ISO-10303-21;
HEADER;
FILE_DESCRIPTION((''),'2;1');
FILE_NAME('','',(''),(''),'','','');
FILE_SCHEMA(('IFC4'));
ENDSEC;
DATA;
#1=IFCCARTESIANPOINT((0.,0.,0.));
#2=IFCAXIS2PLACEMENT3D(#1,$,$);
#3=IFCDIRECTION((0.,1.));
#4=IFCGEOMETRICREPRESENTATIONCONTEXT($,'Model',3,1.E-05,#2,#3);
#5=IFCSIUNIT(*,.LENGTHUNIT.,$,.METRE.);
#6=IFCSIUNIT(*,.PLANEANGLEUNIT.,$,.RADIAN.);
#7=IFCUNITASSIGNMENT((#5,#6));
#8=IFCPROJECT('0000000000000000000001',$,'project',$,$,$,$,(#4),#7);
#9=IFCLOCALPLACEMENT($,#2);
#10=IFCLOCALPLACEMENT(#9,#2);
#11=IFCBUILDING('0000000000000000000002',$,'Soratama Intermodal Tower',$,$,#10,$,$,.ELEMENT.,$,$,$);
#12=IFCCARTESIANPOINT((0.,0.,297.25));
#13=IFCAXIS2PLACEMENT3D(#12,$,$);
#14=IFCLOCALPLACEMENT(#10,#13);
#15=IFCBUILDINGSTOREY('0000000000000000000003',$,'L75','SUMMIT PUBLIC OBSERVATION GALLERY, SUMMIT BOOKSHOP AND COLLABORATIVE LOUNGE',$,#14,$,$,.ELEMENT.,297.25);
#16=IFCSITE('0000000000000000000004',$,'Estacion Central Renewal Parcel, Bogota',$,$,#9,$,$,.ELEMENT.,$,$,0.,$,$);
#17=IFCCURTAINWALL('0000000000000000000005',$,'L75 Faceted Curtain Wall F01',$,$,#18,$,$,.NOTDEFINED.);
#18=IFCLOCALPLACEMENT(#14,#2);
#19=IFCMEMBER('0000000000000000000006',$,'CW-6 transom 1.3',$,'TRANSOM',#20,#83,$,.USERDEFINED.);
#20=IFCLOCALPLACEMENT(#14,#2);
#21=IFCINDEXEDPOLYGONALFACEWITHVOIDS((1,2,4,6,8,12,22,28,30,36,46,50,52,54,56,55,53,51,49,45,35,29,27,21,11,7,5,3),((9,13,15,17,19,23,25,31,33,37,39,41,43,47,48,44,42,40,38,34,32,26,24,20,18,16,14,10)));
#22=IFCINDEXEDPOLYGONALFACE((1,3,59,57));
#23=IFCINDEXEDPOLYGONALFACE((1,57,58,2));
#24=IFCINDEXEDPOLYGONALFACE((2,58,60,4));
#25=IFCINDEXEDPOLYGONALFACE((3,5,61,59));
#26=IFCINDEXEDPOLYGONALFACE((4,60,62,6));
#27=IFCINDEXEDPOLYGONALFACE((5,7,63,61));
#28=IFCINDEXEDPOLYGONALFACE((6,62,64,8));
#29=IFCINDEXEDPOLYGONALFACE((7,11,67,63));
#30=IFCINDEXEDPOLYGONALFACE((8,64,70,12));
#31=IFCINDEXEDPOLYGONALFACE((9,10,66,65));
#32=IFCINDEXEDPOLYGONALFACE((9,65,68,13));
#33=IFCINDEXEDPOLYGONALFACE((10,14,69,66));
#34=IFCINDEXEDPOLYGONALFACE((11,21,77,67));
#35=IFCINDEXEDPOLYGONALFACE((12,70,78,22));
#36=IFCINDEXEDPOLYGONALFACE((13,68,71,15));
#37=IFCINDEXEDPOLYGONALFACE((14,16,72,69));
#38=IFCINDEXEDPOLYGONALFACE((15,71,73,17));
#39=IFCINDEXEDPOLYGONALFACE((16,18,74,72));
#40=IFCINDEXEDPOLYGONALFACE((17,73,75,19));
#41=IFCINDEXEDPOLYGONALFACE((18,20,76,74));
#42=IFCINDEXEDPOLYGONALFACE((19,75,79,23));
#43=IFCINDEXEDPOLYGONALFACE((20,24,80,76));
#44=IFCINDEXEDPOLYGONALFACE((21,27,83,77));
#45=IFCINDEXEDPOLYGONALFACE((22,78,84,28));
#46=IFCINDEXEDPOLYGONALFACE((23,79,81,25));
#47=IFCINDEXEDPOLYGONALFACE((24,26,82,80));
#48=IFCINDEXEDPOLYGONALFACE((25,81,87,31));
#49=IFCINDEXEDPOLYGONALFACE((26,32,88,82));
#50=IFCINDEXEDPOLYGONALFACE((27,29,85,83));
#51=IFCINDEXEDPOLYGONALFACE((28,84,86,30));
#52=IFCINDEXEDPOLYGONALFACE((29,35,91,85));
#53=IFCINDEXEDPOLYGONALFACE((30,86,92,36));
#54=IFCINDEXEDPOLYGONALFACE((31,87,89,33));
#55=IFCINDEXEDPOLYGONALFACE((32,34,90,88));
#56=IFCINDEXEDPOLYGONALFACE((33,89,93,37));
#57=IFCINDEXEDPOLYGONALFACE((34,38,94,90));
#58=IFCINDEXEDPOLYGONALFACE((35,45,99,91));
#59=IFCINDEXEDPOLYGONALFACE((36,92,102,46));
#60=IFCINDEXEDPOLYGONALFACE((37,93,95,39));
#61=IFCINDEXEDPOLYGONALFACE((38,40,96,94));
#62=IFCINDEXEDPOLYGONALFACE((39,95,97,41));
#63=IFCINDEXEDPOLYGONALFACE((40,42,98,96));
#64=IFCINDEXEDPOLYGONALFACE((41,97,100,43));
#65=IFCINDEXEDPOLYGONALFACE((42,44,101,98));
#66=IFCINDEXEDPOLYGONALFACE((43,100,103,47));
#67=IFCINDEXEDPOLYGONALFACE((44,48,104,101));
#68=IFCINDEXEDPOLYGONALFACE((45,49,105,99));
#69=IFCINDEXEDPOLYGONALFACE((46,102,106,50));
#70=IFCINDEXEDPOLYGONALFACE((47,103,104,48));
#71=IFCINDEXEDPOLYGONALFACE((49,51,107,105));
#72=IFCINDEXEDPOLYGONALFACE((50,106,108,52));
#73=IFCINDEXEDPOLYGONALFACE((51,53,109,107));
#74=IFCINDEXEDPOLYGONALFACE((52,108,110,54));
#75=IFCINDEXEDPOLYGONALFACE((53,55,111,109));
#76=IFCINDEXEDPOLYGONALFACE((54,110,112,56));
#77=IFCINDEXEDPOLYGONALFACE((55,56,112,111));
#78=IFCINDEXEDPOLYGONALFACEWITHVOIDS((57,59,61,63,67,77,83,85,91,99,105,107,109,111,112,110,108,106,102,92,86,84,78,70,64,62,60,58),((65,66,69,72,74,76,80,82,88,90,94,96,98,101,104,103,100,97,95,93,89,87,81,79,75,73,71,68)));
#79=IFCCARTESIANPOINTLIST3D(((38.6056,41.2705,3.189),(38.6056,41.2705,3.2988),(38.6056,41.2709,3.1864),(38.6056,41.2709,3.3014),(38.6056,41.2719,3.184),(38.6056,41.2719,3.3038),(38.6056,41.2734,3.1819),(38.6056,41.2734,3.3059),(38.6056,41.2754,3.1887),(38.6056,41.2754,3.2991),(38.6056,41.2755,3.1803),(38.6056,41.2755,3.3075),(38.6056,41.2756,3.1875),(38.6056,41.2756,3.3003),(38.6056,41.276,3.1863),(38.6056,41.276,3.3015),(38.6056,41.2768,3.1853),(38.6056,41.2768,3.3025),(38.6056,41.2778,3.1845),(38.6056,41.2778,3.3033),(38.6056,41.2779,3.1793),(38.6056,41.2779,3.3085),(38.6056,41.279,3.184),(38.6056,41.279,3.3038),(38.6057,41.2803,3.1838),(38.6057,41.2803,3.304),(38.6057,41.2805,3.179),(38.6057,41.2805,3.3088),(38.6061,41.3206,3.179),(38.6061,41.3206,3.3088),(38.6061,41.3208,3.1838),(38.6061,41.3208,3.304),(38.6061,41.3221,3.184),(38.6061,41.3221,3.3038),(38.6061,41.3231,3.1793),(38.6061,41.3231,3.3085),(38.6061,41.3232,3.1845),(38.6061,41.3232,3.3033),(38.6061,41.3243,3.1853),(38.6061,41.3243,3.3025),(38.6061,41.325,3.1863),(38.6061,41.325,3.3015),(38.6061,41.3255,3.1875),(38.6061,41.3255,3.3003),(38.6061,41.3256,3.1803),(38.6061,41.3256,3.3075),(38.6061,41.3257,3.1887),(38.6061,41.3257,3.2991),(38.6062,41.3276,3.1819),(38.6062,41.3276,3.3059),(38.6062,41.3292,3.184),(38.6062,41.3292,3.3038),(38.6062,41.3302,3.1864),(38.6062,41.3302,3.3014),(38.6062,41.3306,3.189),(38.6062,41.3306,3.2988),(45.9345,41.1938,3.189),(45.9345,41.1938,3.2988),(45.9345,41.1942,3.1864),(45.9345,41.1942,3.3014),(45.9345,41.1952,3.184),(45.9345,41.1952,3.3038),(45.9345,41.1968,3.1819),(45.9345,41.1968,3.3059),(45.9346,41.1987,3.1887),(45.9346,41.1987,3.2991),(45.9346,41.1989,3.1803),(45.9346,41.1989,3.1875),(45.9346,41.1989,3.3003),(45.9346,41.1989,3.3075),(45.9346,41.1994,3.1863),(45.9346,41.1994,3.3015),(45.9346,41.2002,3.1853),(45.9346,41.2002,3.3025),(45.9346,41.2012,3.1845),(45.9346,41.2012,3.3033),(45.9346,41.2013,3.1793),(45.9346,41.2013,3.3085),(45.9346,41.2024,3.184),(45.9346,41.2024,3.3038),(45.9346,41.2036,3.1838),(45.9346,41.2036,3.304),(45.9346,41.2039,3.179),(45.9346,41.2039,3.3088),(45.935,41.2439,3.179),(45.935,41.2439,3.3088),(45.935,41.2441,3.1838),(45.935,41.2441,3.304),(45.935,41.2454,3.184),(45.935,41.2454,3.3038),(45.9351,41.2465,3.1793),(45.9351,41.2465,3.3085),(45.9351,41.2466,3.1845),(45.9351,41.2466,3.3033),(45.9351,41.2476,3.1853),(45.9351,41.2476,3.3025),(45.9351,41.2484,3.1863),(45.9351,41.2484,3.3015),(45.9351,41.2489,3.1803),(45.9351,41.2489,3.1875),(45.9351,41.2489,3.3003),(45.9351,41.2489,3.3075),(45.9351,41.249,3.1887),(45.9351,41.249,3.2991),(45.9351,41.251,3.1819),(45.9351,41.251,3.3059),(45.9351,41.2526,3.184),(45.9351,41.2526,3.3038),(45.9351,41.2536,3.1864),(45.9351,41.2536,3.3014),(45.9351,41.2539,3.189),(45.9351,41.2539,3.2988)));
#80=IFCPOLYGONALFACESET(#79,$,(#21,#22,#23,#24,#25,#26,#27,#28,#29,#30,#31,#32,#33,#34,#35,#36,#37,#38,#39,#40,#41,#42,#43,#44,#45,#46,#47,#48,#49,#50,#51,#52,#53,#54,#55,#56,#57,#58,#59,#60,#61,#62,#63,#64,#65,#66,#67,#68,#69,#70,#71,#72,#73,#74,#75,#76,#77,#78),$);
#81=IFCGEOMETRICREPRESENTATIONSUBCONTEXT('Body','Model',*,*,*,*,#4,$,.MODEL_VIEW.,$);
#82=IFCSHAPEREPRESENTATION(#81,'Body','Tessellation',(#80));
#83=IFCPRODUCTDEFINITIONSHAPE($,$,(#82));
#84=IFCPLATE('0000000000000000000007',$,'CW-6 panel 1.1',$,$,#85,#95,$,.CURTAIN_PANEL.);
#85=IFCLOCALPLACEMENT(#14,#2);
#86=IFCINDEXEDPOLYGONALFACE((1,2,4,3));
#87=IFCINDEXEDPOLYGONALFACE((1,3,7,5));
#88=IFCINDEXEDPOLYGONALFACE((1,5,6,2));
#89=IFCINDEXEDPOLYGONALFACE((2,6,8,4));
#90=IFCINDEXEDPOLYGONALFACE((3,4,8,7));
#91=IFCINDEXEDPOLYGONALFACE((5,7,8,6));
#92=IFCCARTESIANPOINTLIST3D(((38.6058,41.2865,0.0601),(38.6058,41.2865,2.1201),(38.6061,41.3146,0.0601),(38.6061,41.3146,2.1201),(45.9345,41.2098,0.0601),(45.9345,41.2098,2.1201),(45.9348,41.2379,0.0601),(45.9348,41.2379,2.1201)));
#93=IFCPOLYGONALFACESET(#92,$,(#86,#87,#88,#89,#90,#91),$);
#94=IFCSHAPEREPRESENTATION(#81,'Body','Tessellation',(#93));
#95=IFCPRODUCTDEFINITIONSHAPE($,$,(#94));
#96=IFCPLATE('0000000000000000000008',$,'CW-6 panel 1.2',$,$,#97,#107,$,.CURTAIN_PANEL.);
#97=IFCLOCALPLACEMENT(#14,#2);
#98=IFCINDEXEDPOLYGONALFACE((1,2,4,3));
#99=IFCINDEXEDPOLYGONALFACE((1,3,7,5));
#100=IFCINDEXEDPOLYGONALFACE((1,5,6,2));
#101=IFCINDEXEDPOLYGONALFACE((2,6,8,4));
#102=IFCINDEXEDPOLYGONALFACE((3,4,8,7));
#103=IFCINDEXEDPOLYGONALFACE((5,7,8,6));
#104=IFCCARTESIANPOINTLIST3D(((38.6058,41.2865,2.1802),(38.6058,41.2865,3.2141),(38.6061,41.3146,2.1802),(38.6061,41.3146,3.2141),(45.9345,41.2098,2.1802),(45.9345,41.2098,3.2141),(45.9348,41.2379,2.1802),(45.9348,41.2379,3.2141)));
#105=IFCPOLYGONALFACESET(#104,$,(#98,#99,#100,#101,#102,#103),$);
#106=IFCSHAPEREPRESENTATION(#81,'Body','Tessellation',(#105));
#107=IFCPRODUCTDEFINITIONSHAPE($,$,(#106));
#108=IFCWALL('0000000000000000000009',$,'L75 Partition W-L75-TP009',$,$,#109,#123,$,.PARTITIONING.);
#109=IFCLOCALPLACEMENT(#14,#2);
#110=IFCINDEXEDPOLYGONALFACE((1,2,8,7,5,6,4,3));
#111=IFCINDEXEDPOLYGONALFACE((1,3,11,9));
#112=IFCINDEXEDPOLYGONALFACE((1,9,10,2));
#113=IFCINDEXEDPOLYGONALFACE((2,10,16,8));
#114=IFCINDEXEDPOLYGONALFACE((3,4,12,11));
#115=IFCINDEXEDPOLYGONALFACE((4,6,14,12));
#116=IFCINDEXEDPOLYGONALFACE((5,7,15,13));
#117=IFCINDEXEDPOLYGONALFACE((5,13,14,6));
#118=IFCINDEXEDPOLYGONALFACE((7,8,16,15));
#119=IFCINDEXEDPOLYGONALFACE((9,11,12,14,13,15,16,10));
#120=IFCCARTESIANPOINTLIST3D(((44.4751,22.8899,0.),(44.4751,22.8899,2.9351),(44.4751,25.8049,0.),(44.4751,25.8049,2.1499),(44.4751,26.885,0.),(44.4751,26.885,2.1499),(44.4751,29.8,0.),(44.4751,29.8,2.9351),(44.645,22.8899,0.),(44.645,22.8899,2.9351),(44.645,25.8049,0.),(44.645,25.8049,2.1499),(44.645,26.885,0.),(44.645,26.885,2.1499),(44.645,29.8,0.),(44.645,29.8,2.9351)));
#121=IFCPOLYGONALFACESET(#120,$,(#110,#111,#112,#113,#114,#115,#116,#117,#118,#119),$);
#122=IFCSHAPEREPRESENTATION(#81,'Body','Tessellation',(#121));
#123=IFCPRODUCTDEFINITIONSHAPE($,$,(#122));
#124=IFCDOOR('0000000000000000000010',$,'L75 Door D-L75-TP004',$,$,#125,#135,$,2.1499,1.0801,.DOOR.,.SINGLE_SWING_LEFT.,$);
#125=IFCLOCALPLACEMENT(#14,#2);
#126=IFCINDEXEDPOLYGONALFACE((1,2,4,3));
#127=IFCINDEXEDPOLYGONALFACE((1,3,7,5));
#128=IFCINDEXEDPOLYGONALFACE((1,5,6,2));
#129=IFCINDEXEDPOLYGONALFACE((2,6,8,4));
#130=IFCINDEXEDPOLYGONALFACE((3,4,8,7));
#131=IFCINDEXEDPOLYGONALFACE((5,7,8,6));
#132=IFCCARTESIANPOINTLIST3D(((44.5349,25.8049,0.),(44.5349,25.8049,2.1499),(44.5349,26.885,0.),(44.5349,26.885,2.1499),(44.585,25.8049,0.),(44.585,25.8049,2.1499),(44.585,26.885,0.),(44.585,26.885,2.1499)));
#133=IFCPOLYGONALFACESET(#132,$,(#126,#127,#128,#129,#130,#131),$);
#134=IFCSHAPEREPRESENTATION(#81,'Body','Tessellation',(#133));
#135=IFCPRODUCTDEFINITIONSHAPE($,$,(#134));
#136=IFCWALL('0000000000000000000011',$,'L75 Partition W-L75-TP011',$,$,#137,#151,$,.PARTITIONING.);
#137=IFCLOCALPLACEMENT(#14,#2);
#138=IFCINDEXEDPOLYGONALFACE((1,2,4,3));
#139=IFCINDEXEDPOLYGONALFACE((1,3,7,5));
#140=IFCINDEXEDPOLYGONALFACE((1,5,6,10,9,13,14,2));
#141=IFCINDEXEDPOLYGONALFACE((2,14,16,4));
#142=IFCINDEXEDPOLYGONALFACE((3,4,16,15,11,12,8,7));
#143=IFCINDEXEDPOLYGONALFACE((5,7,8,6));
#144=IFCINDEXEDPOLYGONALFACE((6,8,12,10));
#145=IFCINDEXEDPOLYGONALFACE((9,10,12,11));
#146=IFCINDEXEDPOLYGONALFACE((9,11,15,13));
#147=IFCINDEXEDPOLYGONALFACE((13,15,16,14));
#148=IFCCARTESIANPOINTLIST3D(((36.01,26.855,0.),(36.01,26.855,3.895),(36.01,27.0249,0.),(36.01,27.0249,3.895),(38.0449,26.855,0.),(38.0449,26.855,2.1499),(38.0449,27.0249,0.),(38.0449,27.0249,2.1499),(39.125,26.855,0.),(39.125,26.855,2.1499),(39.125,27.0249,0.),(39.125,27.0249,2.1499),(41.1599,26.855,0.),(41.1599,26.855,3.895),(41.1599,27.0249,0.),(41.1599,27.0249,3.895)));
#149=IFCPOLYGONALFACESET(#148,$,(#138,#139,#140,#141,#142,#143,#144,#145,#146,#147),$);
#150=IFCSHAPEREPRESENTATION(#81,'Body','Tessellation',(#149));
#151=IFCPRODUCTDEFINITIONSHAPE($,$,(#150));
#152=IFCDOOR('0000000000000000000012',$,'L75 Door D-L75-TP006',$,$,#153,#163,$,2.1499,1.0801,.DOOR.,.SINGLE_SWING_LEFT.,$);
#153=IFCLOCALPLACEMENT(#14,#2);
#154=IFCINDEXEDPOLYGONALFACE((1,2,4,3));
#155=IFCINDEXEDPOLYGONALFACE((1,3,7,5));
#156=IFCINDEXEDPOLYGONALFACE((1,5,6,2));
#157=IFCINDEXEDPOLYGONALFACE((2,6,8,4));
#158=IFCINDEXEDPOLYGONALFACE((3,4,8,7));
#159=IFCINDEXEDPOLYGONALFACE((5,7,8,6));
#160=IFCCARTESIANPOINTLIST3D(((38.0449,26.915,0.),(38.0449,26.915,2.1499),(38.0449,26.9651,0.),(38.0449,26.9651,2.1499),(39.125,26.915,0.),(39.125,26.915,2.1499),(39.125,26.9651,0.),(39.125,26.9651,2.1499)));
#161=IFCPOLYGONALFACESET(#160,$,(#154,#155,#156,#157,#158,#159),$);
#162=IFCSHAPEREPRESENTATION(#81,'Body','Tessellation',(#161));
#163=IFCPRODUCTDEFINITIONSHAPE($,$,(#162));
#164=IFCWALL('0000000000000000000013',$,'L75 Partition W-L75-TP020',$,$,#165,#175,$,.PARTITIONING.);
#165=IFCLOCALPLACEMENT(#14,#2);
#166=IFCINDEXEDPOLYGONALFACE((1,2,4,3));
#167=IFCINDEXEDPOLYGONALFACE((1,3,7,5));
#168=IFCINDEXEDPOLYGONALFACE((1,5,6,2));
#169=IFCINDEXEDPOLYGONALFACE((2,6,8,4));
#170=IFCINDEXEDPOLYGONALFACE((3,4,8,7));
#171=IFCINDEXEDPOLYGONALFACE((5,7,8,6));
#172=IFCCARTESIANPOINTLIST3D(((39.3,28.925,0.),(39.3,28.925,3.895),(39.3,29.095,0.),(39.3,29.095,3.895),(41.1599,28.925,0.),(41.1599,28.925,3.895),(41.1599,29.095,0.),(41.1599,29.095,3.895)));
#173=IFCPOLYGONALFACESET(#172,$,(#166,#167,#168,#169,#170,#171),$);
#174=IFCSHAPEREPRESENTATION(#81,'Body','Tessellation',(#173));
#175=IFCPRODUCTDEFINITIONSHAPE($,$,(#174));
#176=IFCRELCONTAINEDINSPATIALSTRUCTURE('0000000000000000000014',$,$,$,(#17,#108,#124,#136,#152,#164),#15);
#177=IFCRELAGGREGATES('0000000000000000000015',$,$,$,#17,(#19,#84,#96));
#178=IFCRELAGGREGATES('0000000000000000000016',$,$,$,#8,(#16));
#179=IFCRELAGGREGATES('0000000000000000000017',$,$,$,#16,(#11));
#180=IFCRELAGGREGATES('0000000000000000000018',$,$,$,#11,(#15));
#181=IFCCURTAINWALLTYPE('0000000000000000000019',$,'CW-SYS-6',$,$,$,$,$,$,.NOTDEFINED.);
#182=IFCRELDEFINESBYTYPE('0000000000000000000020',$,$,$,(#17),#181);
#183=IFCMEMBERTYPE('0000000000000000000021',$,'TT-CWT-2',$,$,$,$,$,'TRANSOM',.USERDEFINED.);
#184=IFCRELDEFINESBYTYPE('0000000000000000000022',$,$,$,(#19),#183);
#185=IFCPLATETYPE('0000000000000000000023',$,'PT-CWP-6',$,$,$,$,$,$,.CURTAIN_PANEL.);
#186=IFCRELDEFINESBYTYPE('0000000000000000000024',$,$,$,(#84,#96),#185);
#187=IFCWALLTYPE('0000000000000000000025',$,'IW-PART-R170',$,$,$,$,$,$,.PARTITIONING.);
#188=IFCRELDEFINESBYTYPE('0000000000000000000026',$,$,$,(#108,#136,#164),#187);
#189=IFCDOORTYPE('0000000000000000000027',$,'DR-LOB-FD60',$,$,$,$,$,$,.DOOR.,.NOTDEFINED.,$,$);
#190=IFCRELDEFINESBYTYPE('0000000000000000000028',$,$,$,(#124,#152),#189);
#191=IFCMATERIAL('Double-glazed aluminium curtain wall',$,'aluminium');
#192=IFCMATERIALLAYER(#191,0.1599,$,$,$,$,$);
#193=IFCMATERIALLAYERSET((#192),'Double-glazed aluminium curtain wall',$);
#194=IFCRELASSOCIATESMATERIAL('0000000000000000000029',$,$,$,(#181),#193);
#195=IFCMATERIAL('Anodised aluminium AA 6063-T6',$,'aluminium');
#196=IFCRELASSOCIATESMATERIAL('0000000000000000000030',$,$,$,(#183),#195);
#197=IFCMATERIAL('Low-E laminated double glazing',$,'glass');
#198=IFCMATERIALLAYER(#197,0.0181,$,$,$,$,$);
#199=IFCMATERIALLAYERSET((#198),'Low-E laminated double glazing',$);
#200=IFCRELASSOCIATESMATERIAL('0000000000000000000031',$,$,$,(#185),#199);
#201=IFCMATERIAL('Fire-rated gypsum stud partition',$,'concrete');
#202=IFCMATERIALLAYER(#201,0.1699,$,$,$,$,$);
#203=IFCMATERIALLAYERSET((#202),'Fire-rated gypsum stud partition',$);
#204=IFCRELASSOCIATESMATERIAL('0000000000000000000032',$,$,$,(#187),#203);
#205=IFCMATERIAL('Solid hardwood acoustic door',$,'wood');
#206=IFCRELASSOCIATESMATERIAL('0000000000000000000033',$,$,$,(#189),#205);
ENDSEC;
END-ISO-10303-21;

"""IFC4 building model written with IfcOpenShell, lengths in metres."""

from ifc_helpers import new_model, si_unit, direction, frame, frame_2d, origin, origin_2d, place, context, subcontext, project, spatial, rectangle, hollow_rectangle, extrude, material, layer, layer_set, material_profile, profile_set, type_object, element, fill, aggregate, save


model = new_model("IFC4")

# Units and contexts
model_context = context("Model", 3, precision=1e-05, world=origin(), true_north=direction((0.0, 1.0)))
body_context = subcontext(model_context, "Body", "Model", "MODEL_VIEW")
ifc_project = project(units=[si_unit("LENGTHUNIT", "METRE"), si_unit("PLANEANGLEUNIT", "RADIAN")], contexts=[model_context])

# Site, building, storey
site_placement = place(None, origin())
site = spatial("IfcSite", under=ifc_project, at=site_placement, Name="Estacion Central Renewal Parcel, Bogota", CompositionType="ELEMENT", RefElevation=0.0)
building_placement = place(site_placement, origin())
building = spatial("IfcBuilding", under=site, at=building_placement, Name="Soratama Intermodal Tower", CompositionType="ELEMENT")
storey_placement = place(building_placement, frame((0.0, 0.0, 297.25)))
storey = spatial("IfcBuildingStorey", under=building, at=storey_placement, Name="L75", Description="SUMMIT PUBLIC OBSERVATION GALLERY, SUMMIT BOOKSHOP AND COLLABORATIVE LOUNGE", CompositionType="ELEMENT", Elevation=297.25)

# Curtain wall, member, plates
ifc_material_1 = material(Name="Double-glazed aluminium curtain wall", Category="aluminium")
ifc_layer_1 = layer(ifc_material_1, 0.1599)
ifc_layer_set_1 = layer_set([ifc_layer_1], Name="Double-glazed aluminium curtain wall")
curtain_wall_type = type_object("IfcCurtainWallType", Name="CW-SYS-6", PredefinedType="NOTDEFINED", material=ifc_layer_set_1)
curtain_wall_placement = place(storey_placement, origin())
curtain_wall = element("IfcCurtainWall", 1, at=curtain_wall_placement, inside=storey, type_object=curtain_wall_type, Name="L75 Faceted Curtain Wall F01", PredefinedType="NOTDEFINED")
ifc_material_2 = material(Name="Anodised aluminium AA 6063-T6", Category="aluminium")
ifc_material_profile_1 = material_profile(ifc_material_2, hollow_rectangle(XDim=0.0601, YDim=0.1299, WallThickness=0.0049, InnerFilletRadius=0.0049, OuterFilletRadius=0.01, at=origin_2d()), Name="CWT130X60X5")
ifc_profile_set_1 = profile_set([ifc_material_profile_1], Name="Anodised aluminium AA 6063-T6")
member_type = type_object("IfcMemberType", Name="TT-CWT-2", ElementType="TRANSOM", PredefinedType="USERDEFINED", material=ifc_profile_set_1)
member_1_placement = place(storey_placement, frame((45.9348, 41.2239, 3.2439), z_axis=(-0.999945, 0.010459, 0.0), x_axis=(-0.010459, -0.999945, 0.0)))
member_1 = element("IfcMember", 2, at=member_1_placement, type_object=member_type, Name="CW-6 transom 1.3", ObjectType="TRANSOM", PredefinedType="USERDEFINED", context=body_context, shape_type="SweptSolid", body=[
    extrude(hollow_rectangle(XDim=0.0601, YDim=0.1299, WallThickness=0.0049, InnerFilletRadius=0.0049, OuterFilletRadius=0.01, at=origin_2d()), origin(), (0.0, 0.0, 1.0), 7.3293),
])
ifc_material_3 = material(Name="Low-E laminated double glazing", Category="glass")
ifc_layer_2 = layer(ifc_material_3, 0.0181)
ifc_layer_set_2 = layer_set([ifc_layer_2], Name="Low-E laminated double glazing")
plate_type = type_object("IfcPlateType", Name="PT-CWP-6", PredefinedType="CURTAIN_PANEL", material=ifc_layer_set_2)
plate_1_placement = place(storey_placement, frame((42.2703, 41.2622, 0.0601), z_axis=(0.0, 0.0, 1.0), x_axis=(-0.999945, 0.010471, 0.0)))
plate_1 = element("IfcPlate", 3, at=plate_1_placement, type_object=plate_type, Name="CW-6 panel 1.1", PredefinedType="CURTAIN_PANEL", context=body_context, shape_type="SweptSolid", body=[
    extrude(rectangle(XDim=7.3291, YDim=0.0281, at=origin_2d()), origin(), (0.0, 0.0, 1.0), 2.0601),
])
plate_2_placement = place(storey_placement, frame((42.2703, 41.2622, 2.1802), z_axis=(0.0, 0.0, 1.0), x_axis=(-0.999945, 0.010471, 0.0)))
plate_2 = element("IfcPlate", 4, at=plate_2_placement, type_object=plate_type, Name="CW-6 panel 1.2", PredefinedType="CURTAIN_PANEL", context=body_context, shape_type="SweptSolid", body=[
    extrude(rectangle(XDim=7.3291, YDim=0.0281, at=origin_2d()), origin(), (0.0, 0.0, 1.0), 1.0339),
])
aggregate(curtain_wall, [member_1, plate_1, plate_2])

# Walls, openings, doors
ifc_material_4 = material(Name="Fire-rated gypsum stud partition", Category="concrete")
ifc_layer_3 = layer(ifc_material_4, 0.1699)
ifc_layer_set_3 = layer_set([ifc_layer_3], Name="Fire-rated gypsum stud partition")
wall_type_1 = type_object("IfcWallType", Name="IW-PART-R170", PredefinedType="PARTITIONING", material=ifc_layer_set_3)
wall_1_placement = place(storey_placement, frame((44.5601, 29.8, 0.0), z_axis=(0.0, 0.0, 1.0), x_axis=(0.0, -1.0, 0.0)))
wall_1 = element("IfcWall", 5, at=wall_1_placement, inside=storey, type_object=wall_type_1, Name="L75 Partition W-L75-TP009", PredefinedType="PARTITIONING", context=body_context, shape_type="SweptSolid", body=[
    extrude(rectangle(XDim=6.9102, YDim=0.1699, at=frame_2d((3.4551, 0.0))), origin(), (0.0, 0.0, 1.0), 2.9351),
])
opening_1_placement = place(wall_1_placement, frame((2.915, 0.0, 0.0)))
opening_1 = element("IfcOpeningElement", 6, at=opening_1_placement, cuts=wall_1, PredefinedType="OPENING", context=body_context, shape_type="SweptSolid", body=[
    extrude(rectangle(XDim=1.0801, YDim=2.1499, at=frame_2d((0.54, 1.075))), frame((0.0, 0.095, 0.0), z_axis=(0.0, -1.0, 0.0), x_axis=(1.0, 0.0, 0.0)), (0.0, 0.0, 1.0), 0.1899),
])
ifc_material_5 = material(Name="Solid hardwood acoustic door", Category="wood")
door_type_1 = type_object("IfcDoorType", Name="DR-LOB-FD60", OperationType="NOTDEFINED", PredefinedType="DOOR", material=ifc_material_5)
door_1_placement = place(opening_1_placement, origin())
door_1 = element("IfcDoor", 7, at=door_1_placement, inside=storey, type_object=door_type_1, Name="L75 Door D-L75-TP004", OperationType="SINGLE_SWING_LEFT", OverallHeight=2.1499, OverallWidth=1.0801, PredefinedType="DOOR", context=body_context, shape_type="SweptSolid", body=[
    extrude(rectangle(XDim=1.0801, YDim=2.1499, at=frame_2d((0.54, 1.075))), frame((0.0, 0.0249, 0.0), z_axis=(0.0, -1.0, 0.0), x_axis=(1.0, 0.0, 0.0)), (0.0, 0.0, 1.0), 0.05),
])
fill(opening_1, door_1)
wall_2_placement = place(storey_placement, frame((41.1599, 26.9399, 0.0), z_axis=(0.0, 0.0, 1.0), x_axis=(-1.0, 0.0, 0.0)))
wall_2 = element("IfcWall", 8, at=wall_2_placement, inside=storey, type_object=wall_type_1, Name="L75 Partition W-L75-TP011", PredefinedType="PARTITIONING", context=body_context, shape_type="SweptSolid", body=[
    extrude(rectangle(XDim=5.1499, YDim=0.1699, at=frame_2d((2.575, 0.0))), origin(), (0.0, 0.0, 1.0), 3.895),
])
opening_2_placement = place(wall_2_placement, frame((2.0349, 0.0, 0.0)))
opening_2 = element("IfcOpeningElement", 9, at=opening_2_placement, cuts=wall_2, PredefinedType="OPENING", context=body_context, shape_type="SweptSolid", body=[
    extrude(rectangle(XDim=1.0801, YDim=2.1499, at=frame_2d((0.54, 1.075))), frame((0.0, 0.095, 0.0), z_axis=(0.0, -1.0, 0.0), x_axis=(1.0, 0.0, 0.0)), (0.0, 0.0, 1.0), 0.1899),
])
door_2_placement = place(opening_2_placement, origin())
door_2 = element("IfcDoor", 10, at=door_2_placement, inside=storey, type_object=door_type_1, Name="L75 Door D-L75-TP006", OperationType="SINGLE_SWING_LEFT", OverallHeight=2.1499, OverallWidth=1.0801, PredefinedType="DOOR", context=body_context, shape_type="SweptSolid", body=[
    extrude(rectangle(XDim=1.0801, YDim=2.1499, at=frame_2d((0.54, 1.075))), frame((0.0, 0.0249, 0.0), z_axis=(0.0, -1.0, 0.0), x_axis=(1.0, 0.0, 0.0)), (0.0, 0.0, 1.0), 0.05),
])
fill(opening_2, door_2)

# Wall
wall_3_placement = place(storey_placement, frame((39.3, 29.01, 0.0), z_axis=(0.0, 0.0, 1.0), x_axis=(1.0, 0.0, 0.0)))
element("IfcWall", 11, at=wall_3_placement, inside=storey, type_object=wall_type_1, Name="L75 Partition W-L75-TP020", PredefinedType="PARTITIONING", context=body_context, shape_type="SweptSolid", body=[
    extrude(rectangle(XDim=1.8599, YDim=0.1699, at=frame_2d((0.9299, 0.0))), origin(), (0.0, 0.0, 1.0), 3.895),
])

save(model, "model.ifc")
